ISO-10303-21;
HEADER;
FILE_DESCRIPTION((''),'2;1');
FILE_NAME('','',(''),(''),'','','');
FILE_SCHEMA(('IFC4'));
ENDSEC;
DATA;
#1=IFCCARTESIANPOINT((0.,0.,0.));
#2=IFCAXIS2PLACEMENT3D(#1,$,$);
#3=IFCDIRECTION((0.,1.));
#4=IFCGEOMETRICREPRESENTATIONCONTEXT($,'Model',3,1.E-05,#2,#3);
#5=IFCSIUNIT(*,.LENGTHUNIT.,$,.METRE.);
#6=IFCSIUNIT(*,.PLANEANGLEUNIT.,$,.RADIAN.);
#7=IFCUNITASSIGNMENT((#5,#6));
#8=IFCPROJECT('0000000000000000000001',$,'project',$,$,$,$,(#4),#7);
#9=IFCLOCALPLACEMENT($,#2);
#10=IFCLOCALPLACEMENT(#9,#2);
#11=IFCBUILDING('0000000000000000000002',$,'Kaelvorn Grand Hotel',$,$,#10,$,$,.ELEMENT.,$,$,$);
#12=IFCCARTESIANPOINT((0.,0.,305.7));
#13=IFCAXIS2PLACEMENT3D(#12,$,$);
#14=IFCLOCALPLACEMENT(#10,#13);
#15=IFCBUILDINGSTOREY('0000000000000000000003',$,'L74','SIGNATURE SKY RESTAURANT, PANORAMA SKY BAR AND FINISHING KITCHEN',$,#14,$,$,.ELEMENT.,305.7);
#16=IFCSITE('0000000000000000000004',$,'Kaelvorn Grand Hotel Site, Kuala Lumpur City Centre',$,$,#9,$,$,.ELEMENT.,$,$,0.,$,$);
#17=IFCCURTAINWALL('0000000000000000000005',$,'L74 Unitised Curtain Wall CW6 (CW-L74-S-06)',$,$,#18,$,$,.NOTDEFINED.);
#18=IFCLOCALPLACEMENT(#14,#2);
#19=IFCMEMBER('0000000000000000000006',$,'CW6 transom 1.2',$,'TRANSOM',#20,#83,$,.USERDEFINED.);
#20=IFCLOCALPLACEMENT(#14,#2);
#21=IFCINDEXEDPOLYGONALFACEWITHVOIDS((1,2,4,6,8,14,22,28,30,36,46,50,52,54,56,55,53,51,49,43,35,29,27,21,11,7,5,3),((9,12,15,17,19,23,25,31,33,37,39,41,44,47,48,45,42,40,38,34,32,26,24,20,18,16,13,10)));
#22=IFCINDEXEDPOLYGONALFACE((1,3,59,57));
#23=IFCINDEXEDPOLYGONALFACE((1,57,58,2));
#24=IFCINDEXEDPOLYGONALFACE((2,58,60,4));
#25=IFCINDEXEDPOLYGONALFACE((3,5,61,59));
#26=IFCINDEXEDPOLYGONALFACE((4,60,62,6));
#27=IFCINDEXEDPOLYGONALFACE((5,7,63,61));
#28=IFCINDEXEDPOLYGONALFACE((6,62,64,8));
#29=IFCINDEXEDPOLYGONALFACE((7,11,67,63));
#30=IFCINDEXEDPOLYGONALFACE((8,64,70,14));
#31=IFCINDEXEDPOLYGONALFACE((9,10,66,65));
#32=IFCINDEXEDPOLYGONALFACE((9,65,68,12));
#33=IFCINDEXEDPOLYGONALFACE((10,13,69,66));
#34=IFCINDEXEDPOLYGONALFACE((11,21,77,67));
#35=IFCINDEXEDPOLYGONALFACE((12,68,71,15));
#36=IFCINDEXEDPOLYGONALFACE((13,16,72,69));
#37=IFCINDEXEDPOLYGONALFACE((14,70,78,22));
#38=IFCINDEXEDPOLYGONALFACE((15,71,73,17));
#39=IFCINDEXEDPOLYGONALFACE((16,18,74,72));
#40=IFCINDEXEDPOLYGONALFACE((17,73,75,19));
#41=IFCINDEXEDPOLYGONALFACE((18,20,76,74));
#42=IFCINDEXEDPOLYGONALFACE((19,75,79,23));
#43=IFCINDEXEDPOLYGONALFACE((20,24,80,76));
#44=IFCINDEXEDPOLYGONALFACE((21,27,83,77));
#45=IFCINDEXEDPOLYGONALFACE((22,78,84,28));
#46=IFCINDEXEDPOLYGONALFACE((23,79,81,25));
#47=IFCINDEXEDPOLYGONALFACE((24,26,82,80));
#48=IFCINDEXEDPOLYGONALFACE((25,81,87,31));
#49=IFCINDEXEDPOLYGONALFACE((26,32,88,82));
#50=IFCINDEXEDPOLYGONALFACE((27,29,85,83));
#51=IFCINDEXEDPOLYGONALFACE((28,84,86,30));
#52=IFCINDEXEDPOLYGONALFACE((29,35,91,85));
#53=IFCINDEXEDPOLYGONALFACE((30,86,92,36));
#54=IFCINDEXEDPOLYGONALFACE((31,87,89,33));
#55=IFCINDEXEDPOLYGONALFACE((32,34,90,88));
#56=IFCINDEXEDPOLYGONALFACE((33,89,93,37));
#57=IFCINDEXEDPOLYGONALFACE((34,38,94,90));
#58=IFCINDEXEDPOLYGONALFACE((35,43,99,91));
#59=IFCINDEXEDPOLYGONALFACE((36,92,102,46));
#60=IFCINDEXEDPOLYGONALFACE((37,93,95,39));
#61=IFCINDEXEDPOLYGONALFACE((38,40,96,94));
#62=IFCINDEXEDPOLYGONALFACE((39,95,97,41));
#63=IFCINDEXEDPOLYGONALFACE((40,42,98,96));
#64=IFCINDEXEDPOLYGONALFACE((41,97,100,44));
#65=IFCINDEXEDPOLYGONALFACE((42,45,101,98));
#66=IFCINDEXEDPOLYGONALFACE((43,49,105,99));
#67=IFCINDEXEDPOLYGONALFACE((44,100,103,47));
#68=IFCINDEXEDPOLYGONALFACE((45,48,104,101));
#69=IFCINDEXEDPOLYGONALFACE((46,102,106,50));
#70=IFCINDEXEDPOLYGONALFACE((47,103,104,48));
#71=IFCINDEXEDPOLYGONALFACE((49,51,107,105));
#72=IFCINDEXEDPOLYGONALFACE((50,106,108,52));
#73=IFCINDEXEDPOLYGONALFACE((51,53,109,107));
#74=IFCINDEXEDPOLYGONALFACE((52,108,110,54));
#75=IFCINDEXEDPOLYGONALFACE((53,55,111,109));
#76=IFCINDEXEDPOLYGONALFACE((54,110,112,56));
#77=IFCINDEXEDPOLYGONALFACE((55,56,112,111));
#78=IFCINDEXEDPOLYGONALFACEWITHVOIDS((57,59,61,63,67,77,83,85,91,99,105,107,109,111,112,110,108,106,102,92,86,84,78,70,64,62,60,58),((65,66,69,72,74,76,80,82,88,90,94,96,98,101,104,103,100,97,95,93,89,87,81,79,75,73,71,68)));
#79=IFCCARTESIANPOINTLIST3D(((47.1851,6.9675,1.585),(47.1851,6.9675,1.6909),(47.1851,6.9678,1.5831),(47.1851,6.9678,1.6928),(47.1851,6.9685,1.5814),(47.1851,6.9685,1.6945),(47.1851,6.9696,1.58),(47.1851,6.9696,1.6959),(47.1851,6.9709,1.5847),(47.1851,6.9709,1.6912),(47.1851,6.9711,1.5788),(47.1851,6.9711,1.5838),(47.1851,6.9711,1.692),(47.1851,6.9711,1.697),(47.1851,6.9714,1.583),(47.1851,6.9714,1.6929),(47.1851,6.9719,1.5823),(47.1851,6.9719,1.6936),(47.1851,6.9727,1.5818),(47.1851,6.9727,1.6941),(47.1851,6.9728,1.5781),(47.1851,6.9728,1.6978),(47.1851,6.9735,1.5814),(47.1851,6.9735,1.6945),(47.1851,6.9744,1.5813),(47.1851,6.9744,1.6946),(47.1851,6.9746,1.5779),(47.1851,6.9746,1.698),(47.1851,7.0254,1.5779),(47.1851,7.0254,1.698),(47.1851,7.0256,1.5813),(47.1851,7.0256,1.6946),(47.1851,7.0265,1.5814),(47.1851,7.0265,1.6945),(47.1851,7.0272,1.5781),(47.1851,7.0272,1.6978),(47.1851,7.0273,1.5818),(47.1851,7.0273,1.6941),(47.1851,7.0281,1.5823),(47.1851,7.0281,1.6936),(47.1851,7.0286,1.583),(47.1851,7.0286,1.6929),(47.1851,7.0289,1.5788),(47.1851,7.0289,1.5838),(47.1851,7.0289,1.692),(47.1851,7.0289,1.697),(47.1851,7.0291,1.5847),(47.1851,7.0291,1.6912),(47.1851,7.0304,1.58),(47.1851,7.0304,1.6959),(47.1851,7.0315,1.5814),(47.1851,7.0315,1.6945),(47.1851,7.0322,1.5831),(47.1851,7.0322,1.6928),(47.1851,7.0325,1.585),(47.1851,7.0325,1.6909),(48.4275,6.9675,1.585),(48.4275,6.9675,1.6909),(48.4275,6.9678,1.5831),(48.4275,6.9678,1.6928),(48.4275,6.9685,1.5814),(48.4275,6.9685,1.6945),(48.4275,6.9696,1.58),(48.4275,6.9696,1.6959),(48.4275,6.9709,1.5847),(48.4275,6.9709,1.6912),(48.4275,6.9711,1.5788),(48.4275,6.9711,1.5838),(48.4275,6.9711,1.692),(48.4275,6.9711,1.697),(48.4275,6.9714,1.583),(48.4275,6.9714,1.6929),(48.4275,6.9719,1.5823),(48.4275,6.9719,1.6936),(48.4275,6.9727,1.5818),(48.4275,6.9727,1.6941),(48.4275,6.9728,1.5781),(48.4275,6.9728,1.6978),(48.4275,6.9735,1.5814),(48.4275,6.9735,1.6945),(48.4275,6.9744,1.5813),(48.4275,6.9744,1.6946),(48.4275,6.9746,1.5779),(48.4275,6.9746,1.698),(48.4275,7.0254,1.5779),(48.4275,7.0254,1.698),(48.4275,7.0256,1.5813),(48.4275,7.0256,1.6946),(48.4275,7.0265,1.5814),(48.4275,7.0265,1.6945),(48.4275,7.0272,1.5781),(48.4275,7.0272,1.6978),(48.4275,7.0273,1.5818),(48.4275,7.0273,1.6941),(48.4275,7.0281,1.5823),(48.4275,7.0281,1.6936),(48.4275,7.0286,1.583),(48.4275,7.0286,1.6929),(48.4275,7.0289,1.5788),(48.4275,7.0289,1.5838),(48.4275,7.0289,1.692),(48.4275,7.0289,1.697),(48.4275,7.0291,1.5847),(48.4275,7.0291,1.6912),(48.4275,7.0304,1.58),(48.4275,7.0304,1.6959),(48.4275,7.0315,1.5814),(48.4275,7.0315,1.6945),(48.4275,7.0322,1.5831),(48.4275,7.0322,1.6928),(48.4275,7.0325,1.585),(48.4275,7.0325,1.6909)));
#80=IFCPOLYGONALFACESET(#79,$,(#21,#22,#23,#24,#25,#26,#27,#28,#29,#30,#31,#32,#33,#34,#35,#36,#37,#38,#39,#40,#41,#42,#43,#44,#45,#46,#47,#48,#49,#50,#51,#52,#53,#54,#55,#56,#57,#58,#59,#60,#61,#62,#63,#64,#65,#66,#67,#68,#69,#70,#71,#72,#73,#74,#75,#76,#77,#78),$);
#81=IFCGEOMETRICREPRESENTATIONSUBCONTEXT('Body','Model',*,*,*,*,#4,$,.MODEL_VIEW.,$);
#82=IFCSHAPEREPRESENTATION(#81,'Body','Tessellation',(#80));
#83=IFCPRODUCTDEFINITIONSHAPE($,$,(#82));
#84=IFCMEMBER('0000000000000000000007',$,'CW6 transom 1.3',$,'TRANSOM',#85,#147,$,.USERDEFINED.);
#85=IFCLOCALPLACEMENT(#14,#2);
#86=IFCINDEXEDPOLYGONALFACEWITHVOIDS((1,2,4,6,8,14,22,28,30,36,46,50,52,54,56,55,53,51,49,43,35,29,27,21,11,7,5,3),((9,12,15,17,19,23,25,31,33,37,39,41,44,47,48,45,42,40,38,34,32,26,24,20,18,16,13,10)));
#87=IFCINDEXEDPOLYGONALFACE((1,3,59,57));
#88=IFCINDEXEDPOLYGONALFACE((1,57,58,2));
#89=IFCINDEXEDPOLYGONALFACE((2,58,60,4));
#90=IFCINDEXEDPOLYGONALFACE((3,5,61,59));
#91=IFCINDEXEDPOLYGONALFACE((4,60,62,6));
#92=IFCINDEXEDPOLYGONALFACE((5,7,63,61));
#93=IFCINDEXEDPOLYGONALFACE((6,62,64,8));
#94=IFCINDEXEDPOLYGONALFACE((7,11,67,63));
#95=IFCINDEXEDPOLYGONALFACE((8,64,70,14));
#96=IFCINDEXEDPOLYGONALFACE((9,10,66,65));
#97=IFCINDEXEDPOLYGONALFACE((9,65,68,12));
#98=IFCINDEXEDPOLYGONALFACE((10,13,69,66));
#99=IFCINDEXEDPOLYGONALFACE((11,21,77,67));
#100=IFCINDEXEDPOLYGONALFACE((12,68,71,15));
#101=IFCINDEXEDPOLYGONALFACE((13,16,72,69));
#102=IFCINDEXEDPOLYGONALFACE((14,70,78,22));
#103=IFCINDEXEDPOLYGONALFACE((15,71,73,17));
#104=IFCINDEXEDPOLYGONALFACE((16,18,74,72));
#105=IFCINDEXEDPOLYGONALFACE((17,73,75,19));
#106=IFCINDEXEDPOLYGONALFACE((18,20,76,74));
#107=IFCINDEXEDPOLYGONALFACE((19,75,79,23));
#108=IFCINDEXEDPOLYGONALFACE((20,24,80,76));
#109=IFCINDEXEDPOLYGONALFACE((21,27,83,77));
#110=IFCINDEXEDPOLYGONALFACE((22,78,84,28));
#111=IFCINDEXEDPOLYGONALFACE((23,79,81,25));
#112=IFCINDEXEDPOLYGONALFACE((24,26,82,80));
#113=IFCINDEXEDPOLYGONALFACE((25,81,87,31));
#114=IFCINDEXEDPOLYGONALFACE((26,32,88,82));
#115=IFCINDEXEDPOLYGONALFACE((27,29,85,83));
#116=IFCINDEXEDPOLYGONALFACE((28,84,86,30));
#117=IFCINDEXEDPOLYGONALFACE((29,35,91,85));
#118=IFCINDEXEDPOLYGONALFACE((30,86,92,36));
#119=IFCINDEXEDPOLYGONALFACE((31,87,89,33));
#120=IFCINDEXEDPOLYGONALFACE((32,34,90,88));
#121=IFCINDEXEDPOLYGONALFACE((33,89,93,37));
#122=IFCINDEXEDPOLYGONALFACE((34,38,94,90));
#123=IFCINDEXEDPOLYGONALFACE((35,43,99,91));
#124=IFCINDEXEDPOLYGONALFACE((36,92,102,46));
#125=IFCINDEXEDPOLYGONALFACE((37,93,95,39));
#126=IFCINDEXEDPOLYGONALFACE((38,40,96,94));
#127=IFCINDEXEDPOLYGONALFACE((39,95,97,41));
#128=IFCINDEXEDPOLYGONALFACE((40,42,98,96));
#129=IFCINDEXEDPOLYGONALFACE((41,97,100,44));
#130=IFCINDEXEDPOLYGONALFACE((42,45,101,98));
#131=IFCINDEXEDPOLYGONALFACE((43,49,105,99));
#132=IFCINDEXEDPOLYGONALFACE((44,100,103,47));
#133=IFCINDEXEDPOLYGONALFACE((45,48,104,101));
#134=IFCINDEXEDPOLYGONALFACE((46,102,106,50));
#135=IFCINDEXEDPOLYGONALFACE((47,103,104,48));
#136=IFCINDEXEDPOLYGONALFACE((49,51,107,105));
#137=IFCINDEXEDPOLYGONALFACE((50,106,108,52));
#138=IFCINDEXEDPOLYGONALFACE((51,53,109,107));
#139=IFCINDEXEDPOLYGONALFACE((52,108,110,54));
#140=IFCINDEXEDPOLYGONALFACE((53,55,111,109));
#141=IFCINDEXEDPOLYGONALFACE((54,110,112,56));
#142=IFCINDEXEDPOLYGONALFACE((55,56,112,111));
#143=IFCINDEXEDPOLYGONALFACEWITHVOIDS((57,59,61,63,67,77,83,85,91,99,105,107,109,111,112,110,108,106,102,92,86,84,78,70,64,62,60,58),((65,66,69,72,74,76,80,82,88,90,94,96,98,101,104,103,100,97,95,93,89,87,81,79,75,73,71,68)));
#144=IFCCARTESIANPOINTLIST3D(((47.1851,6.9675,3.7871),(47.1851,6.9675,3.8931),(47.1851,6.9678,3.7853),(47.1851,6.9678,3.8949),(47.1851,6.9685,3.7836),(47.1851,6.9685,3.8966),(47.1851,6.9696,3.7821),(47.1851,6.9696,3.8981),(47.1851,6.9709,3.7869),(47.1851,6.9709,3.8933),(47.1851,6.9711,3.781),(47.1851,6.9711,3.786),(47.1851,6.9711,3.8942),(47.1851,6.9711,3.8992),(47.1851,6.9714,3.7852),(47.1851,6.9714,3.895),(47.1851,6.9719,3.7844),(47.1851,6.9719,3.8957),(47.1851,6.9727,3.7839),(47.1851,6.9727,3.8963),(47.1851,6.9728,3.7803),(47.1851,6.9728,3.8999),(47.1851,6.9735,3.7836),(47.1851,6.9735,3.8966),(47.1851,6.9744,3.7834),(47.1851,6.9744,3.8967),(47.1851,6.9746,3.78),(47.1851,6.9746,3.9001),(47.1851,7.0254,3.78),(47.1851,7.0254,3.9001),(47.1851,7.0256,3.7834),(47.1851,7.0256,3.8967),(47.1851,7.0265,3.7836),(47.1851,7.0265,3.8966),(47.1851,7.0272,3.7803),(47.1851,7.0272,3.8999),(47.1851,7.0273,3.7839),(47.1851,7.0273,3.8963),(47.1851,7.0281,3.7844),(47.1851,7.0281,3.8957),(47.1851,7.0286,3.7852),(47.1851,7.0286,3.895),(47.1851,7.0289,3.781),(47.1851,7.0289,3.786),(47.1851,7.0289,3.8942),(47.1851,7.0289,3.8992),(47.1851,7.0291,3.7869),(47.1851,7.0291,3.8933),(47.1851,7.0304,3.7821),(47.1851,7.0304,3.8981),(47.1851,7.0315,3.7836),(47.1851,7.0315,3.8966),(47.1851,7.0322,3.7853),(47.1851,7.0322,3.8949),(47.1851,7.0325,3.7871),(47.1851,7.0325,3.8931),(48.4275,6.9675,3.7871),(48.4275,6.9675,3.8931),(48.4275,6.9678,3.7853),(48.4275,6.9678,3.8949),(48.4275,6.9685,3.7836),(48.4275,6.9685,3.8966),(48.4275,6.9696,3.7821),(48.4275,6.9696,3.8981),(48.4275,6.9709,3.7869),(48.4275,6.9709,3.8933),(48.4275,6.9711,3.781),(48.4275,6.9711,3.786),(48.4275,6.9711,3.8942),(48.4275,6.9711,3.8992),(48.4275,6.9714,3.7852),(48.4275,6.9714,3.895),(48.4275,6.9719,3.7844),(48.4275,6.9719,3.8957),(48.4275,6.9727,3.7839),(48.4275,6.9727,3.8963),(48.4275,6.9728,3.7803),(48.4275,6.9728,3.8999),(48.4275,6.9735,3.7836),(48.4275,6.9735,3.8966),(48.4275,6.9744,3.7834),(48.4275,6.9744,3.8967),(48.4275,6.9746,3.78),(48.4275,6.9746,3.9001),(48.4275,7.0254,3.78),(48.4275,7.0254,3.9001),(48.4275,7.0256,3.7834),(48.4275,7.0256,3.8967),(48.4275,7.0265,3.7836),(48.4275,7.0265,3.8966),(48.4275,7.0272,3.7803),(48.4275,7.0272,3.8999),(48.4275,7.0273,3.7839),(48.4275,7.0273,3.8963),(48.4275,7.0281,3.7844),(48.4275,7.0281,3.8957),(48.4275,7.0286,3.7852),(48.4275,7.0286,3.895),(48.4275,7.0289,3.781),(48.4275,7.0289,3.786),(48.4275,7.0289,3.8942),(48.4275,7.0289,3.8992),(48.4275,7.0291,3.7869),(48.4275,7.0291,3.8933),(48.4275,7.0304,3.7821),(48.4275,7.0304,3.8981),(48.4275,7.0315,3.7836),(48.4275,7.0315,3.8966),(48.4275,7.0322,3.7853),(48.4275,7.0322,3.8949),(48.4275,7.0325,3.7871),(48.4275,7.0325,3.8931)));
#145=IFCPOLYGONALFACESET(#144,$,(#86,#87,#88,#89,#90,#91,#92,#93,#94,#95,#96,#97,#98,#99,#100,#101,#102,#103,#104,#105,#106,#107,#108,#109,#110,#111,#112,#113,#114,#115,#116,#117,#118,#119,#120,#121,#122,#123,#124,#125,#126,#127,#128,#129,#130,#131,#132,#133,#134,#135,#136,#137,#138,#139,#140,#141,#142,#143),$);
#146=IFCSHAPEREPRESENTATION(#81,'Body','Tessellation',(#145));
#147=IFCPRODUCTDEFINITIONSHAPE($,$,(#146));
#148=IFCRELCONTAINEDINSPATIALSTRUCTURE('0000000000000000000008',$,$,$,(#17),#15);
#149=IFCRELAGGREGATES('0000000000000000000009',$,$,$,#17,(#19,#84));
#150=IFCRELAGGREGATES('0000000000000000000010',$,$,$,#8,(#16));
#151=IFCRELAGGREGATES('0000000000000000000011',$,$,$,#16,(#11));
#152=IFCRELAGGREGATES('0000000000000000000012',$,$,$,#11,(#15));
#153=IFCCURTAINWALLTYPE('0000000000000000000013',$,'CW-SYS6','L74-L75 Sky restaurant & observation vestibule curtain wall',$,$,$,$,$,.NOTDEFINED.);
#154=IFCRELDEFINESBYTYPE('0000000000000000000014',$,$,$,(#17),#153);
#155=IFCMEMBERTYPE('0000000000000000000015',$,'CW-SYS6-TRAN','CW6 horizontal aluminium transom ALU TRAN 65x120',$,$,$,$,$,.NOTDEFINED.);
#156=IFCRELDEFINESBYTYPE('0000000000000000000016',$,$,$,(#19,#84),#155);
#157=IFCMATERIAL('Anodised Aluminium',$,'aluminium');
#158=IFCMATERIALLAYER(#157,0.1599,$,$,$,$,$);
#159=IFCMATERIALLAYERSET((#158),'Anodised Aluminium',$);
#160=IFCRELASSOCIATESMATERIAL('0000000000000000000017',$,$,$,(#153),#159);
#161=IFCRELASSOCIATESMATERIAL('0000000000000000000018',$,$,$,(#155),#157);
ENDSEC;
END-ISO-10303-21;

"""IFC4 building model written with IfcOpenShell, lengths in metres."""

from ifc_helpers import new_model, si_unit, direction, frame, origin, origin_2d, place, context, subcontext, project, spatial, hollow_rectangle, extrude, material, layer, layer_set, material_profile, profile_set, type_object, element, aggregate, save


model = new_model("IFC4")

# Units and contexts
model_context = context("Model", 3, precision=1e-05, world=origin(), true_north=direction((0.0, 1.0)))
body_context = subcontext(model_context, "Body", "Model", "MODEL_VIEW")
ifc_project = project(units=[si_unit("LENGTHUNIT", "METRE"), si_unit("PLANEANGLEUNIT", "RADIAN")], contexts=[model_context])

# Site, building, storey
site_placement = place(None, origin())
site = spatial("IfcSite", under=ifc_project, at=site_placement, Name="Kaelvorn Grand Hotel Site, Kuala Lumpur City Centre", CompositionType="ELEMENT", RefElevation=0.0)
building_placement = place(site_placement, origin())
building = spatial("IfcBuilding", under=site, at=building_placement, Name="Kaelvorn Grand Hotel", CompositionType="ELEMENT")
storey_placement = place(building_placement, frame((0.0, 0.0, 305.7)))
storey = spatial("IfcBuildingStorey", under=building, at=storey_placement, Name="L74", Description="SIGNATURE SKY RESTAURANT, PANORAMA SKY BAR AND FINISHING KITCHEN", CompositionType="ELEMENT", Elevation=305.7)

# Curtain wall, members
ifc_material_1 = material(Name="Anodised Aluminium", Category="aluminium")
ifc_layer_1 = layer(ifc_material_1, 0.1599)
ifc_layer_set_1 = layer_set([ifc_layer_1], Name="Anodised Aluminium")
curtain_wall_type = type_object("IfcCurtainWallType", Name="CW-SYS6", Description="L74-L75 Sky restaurant & observation vestibule curtain wall", PredefinedType="NOTDEFINED", material=ifc_layer_set_1)
curtain_wall_placement = place(storey_placement, origin())
curtain_wall = element("IfcCurtainWall", 1, at=curtain_wall_placement, inside=storey, type_object=curtain_wall_type, Name="L74 Unitised Curtain Wall CW6 (CW-L74-S-06)", PredefinedType="NOTDEFINED")
ifc_material_profile_1 = material_profile(ifc_material_1, hollow_rectangle(XDim=0.0649, YDim=0.1201, WallThickness=0.0034, InnerFilletRadius=0.0034, OuterFilletRadius=0.0071, at=origin_2d()), Name="ALU TRAN 65x120")
ifc_profile_set_1 = profile_set([ifc_material_profile_1], Name="Anodised Aluminium")
member_type_1 = type_object("IfcMemberType", Name="CW-SYS6-TRAN", Description="CW6 horizontal aluminium transom ALU TRAN 65x120", PredefinedType="NOTDEFINED", material=ifc_profile_set_1)
member_1_placement = place(storey_placement, frame((47.1851, 7.0, 1.6379), z_axis=(1.0, 0.0, 0.0), x_axis=(0.0, 1.0, 0.0)))
member_1 = element("IfcMember", 2, at=member_1_placement, type_object=member_type_1, Name="CW6 transom 1.2", ObjectType="TRANSOM", PredefinedType="USERDEFINED", context=body_context, shape_type="SweptSolid", body=[
    extrude(hollow_rectangle(XDim=0.0649, YDim=0.1201, WallThickness=0.0034, InnerFilletRadius=0.0034, OuterFilletRadius=0.0071, at=origin_2d()), origin(), (0.0, 0.0, 1.0), 1.2424),
])
member_2_placement = place(storey_placement, frame((47.1851, 7.0, 3.8401), z_axis=(1.0, 0.0, 0.0), x_axis=(0.0, 1.0, 0.0)))
member_2 = element("IfcMember", 3, at=member_2_placement, type_object=member_type_1, Name="CW6 transom 1.3", ObjectType="TRANSOM", PredefinedType="USERDEFINED", context=body_context, shape_type="SweptSolid", body=[
    extrude(hollow_rectangle(XDim=0.0649, YDim=0.1201, WallThickness=0.0034, InnerFilletRadius=0.0034, OuterFilletRadius=0.0071, at=origin_2d()), origin(), (0.0, 0.0, 1.0), 1.2424),
])
aggregate(curtain_wall, [member_1, member_2])

save(model, "model.ifc")
